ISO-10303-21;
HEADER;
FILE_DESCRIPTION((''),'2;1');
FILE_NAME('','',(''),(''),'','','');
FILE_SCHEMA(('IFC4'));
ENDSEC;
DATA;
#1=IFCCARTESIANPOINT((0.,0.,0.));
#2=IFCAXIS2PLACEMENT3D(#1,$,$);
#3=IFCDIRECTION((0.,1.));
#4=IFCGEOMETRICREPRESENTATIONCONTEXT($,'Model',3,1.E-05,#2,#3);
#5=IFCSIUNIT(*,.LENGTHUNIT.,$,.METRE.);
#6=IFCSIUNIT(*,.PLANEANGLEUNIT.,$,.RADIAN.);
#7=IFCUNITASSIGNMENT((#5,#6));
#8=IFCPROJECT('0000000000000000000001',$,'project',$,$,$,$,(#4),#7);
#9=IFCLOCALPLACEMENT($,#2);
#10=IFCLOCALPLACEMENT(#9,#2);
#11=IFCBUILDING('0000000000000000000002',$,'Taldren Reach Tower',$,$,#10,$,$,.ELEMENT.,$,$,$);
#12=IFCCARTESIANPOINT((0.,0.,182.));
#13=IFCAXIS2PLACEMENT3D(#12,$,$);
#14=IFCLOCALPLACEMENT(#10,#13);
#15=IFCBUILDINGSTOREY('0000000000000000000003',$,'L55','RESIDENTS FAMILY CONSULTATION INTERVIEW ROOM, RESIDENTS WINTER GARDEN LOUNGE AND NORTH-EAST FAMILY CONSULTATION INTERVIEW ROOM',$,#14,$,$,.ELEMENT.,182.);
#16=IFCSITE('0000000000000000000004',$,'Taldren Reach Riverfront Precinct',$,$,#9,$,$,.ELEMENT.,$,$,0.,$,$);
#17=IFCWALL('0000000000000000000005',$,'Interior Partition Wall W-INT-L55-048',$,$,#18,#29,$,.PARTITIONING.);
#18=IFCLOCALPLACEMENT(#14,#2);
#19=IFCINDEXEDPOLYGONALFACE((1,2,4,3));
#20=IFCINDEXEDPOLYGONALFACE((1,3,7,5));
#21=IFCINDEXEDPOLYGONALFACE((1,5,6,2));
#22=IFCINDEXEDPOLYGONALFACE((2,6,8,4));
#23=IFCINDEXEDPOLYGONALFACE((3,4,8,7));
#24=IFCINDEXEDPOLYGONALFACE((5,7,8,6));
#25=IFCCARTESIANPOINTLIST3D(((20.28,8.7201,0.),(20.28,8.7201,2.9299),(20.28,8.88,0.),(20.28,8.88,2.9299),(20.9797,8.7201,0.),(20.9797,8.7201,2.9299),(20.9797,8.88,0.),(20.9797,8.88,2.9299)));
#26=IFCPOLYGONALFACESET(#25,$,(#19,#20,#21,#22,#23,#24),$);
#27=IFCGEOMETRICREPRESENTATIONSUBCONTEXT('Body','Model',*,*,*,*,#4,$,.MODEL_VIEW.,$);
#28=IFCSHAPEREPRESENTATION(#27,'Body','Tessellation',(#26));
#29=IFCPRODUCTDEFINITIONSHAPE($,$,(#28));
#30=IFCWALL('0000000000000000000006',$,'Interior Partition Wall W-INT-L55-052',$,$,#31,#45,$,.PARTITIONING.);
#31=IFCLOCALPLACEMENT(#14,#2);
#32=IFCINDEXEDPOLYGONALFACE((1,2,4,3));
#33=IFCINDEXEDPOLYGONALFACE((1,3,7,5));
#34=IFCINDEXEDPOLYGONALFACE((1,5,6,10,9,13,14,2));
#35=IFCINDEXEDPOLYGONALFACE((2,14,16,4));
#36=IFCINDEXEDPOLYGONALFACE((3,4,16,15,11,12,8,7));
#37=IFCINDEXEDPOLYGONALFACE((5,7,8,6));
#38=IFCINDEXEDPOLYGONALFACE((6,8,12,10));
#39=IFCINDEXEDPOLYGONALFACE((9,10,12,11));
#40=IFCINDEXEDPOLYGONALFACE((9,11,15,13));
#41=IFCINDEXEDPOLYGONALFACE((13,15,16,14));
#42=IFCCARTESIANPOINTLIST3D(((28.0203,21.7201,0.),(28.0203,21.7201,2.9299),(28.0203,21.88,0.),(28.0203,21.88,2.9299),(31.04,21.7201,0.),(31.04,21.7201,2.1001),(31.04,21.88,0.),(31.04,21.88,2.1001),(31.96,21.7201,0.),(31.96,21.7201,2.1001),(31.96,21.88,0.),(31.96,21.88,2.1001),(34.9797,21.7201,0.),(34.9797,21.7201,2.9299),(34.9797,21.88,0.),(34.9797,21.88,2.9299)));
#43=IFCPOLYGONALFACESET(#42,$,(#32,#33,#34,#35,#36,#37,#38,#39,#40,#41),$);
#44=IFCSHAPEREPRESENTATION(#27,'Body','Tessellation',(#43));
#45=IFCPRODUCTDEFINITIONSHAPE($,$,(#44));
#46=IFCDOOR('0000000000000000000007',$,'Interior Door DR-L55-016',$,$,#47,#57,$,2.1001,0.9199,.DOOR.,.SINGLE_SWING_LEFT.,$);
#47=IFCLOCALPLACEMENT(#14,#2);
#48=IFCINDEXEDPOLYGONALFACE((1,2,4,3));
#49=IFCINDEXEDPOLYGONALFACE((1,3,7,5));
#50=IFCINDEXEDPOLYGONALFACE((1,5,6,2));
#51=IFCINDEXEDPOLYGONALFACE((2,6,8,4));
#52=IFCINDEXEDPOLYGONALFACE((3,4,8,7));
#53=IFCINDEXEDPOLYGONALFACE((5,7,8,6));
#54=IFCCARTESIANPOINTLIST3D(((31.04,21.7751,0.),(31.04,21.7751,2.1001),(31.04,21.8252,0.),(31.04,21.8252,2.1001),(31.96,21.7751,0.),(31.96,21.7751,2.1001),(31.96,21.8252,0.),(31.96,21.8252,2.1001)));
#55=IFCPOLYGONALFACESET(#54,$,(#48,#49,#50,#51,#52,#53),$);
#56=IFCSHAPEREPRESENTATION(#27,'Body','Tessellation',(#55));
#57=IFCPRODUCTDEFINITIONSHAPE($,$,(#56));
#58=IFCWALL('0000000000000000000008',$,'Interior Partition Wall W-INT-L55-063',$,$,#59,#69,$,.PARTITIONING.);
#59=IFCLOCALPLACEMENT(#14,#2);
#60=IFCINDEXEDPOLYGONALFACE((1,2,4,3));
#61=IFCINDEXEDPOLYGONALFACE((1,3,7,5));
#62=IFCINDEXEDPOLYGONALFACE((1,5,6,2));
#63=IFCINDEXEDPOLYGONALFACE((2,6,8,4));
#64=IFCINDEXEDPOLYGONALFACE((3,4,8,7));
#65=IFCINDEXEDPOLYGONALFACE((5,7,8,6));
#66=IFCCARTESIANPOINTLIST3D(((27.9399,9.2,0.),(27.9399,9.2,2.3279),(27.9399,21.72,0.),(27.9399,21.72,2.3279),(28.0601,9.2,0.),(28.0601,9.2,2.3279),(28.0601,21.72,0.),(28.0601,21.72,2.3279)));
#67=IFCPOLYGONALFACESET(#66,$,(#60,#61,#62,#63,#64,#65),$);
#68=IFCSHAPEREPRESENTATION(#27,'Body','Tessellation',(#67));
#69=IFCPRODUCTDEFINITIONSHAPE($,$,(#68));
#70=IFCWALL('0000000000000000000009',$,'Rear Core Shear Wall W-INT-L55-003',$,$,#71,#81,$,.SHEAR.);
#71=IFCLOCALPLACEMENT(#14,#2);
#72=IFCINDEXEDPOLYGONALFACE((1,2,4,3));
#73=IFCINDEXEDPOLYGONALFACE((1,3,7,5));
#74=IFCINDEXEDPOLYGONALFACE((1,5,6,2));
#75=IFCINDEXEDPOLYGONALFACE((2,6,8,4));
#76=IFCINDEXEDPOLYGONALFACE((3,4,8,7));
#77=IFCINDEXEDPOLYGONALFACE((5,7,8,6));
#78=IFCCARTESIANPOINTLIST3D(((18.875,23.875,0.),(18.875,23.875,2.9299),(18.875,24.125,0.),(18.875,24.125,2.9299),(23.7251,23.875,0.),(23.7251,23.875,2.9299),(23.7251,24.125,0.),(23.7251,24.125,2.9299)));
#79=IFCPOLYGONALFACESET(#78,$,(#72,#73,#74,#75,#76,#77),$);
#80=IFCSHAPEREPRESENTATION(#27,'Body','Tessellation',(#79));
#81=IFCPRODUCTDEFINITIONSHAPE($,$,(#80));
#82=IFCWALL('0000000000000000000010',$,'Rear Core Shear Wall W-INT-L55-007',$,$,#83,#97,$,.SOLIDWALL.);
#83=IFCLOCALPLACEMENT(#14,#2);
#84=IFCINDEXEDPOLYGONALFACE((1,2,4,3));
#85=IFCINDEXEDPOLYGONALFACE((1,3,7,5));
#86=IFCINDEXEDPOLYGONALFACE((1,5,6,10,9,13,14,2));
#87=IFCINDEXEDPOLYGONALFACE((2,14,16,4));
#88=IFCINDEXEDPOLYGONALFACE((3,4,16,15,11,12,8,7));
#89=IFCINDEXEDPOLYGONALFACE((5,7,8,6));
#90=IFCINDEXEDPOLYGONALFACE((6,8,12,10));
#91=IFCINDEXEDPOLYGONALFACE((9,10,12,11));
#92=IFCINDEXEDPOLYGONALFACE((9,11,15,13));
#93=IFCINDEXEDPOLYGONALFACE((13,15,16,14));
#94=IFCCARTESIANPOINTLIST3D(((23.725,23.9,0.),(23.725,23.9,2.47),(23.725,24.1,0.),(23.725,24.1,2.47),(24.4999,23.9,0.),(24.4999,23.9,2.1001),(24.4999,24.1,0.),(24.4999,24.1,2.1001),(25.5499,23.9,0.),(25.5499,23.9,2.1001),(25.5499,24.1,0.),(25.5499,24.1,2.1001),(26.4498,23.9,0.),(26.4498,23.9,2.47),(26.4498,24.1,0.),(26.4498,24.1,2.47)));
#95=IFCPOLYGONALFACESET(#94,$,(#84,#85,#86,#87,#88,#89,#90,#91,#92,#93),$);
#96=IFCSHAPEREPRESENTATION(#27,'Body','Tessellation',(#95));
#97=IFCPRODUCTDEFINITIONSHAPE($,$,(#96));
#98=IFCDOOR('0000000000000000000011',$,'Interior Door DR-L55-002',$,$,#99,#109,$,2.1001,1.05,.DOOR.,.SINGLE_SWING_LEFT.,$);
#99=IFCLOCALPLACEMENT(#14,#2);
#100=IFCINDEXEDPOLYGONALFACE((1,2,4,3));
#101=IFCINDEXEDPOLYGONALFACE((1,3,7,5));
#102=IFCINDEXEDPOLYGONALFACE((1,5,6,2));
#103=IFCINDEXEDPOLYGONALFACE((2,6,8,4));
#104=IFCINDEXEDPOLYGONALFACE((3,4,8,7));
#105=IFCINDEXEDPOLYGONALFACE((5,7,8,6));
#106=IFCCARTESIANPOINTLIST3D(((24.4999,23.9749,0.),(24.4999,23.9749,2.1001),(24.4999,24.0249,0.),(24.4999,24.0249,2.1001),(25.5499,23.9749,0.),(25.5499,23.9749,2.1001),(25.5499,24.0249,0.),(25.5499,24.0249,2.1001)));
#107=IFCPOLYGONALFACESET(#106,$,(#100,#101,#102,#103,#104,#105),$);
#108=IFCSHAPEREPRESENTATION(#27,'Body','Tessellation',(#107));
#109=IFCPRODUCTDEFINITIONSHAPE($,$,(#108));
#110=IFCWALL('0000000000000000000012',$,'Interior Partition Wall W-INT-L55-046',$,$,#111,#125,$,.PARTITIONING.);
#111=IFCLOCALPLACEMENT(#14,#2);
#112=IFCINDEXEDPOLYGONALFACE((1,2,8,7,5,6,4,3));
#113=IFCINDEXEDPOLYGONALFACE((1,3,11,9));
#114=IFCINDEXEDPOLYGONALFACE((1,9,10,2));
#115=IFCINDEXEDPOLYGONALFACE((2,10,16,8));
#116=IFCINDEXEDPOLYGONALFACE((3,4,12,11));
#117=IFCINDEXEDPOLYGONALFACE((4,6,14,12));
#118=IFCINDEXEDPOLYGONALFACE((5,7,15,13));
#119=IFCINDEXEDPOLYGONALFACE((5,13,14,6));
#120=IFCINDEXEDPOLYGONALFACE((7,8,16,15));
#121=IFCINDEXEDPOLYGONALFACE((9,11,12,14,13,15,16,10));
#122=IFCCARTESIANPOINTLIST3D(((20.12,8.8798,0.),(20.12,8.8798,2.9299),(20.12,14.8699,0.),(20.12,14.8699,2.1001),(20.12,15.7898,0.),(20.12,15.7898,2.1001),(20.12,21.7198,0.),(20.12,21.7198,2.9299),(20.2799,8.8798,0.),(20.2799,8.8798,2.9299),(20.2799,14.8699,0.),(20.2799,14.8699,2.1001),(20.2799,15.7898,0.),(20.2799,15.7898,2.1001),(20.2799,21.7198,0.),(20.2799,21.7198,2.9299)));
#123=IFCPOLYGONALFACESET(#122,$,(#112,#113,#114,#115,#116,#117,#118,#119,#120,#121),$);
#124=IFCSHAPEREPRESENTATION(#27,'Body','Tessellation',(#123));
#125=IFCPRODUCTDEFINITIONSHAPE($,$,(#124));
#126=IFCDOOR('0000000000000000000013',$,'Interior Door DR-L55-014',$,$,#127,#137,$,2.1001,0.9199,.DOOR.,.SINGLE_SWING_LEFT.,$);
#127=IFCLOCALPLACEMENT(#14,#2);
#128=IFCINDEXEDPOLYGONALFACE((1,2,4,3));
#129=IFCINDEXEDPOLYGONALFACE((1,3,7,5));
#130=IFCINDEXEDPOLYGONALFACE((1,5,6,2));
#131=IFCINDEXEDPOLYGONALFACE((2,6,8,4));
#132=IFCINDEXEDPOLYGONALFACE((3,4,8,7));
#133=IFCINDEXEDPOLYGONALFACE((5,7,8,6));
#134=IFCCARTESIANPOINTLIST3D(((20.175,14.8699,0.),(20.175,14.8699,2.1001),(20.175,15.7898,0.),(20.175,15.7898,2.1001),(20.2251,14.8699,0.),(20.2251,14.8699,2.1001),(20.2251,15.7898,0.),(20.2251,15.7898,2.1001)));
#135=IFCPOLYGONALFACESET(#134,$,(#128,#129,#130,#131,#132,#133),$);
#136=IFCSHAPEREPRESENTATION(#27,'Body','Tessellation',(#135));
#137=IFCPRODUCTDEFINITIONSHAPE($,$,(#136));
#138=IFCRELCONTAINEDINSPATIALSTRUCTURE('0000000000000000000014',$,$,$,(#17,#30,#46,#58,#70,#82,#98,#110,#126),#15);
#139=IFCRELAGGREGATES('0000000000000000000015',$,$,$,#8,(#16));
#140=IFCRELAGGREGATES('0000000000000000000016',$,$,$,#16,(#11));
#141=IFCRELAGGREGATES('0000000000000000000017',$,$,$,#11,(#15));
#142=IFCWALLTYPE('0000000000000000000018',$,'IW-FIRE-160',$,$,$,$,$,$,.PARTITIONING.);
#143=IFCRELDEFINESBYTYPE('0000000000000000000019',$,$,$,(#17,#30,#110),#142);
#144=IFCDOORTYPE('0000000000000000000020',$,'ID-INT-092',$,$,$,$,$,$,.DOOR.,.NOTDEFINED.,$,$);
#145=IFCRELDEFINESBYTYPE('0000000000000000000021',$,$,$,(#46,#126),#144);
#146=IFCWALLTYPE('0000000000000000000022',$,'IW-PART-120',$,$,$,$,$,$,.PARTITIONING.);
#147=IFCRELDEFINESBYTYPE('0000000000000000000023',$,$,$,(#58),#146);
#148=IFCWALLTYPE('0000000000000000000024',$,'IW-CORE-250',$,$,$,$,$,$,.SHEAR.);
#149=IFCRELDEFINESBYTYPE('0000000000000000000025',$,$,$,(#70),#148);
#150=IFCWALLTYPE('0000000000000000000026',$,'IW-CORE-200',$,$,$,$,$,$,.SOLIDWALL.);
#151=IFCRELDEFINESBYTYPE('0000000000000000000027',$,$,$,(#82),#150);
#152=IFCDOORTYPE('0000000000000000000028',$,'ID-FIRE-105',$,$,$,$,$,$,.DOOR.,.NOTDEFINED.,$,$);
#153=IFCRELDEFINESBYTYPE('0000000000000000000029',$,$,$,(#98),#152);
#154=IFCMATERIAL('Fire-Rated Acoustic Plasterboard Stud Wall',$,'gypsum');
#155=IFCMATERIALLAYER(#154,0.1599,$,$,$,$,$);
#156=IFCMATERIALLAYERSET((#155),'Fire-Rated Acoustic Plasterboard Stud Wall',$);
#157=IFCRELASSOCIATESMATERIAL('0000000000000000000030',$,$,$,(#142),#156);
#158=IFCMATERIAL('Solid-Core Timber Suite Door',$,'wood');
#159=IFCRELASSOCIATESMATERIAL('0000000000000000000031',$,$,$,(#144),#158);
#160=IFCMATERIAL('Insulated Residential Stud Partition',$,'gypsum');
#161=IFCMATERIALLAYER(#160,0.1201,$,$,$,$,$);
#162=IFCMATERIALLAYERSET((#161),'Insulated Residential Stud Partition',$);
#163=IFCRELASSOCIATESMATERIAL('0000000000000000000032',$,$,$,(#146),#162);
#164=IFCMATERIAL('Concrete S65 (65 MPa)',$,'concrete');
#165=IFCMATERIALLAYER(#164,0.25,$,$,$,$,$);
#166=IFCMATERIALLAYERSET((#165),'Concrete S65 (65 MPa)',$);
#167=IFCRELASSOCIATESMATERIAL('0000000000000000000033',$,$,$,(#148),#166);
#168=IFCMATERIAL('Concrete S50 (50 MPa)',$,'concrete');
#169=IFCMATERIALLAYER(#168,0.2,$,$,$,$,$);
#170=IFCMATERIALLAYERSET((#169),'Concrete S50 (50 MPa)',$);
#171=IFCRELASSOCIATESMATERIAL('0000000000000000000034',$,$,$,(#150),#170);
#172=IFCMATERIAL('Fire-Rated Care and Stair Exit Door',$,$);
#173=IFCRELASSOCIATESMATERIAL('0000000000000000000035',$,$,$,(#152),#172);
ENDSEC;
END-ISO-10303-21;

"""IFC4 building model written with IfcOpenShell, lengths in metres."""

from ifc_helpers import new_model, si_unit, direction, frame, frame_2d, origin, place, context, subcontext, project, spatial, rectangle, extrude, source, transform, mapped, material, layer, layer_set, type_object, element, fill, save


model = new_model("IFC4")

# Units and contexts
model_context = context("Model", 3, precision=1e-05, world=origin(), true_north=direction((0.0, 1.0)))
body_context = subcontext(model_context, "Body", "Model", "MODEL_VIEW")
ifc_project = project(units=[si_unit("LENGTHUNIT", "METRE"), si_unit("PLANEANGLEUNIT", "RADIAN")], contexts=[model_context])

# Site, building, storey
site_placement = place(None, origin())
site = spatial("IfcSite", under=ifc_project, at=site_placement, Name="Taldren Reach Riverfront Precinct", CompositionType="ELEMENT", RefElevation=0.0)
building_placement = place(site_placement, origin())
building = spatial("IfcBuilding", under=site, at=building_placement, Name="Taldren Reach Tower", CompositionType="ELEMENT")
storey_placement = place(building_placement, frame((0.0, 0.0, 182.0)))
storey = spatial("IfcBuildingStorey", under=building, at=storey_placement, Name="L55", Description="RESIDENTS FAMILY CONSULTATION INTERVIEW ROOM, RESIDENTS WINTER GARDEN LOUNGE AND NORTH-EAST FAMILY CONSULTATION INTERVIEW ROOM", CompositionType="ELEMENT", Elevation=182.0)

# Wall
ifc_material_1 = material(Name="Fire-Rated Acoustic Plasterboard Stud Wall", Category="gypsum")
ifc_layer_1 = layer(ifc_material_1, 0.1599)
ifc_layer_set_1 = layer_set([ifc_layer_1], Name="Fire-Rated Acoustic Plasterboard Stud Wall")
wall_type_1 = type_object("IfcWallType", Name="IW-FIRE-160", PredefinedType="PARTITIONING", material=ifc_layer_set_1)
shared_shape_1 = source(origin(), body_context, "Body", "SweptSolid", [
    extrude(rectangle(XDim=0.6997, YDim=0.1599, at=frame_2d((0.3499, 0.0))), origin(), (0.0, 0.0, 1.0), 2.9299),
])
wall_1_placement = place(storey_placement, frame((20.9797, 8.8, 0.0), z_axis=(0.0, 0.0, 1.0), x_axis=(-1.0, 0.0, 0.0)))
element("IfcWall", 1, at=wall_1_placement, inside=storey, type_object=wall_type_1, Name="Interior Partition Wall W-INT-L55-048", PredefinedType="PARTITIONING", context=body_context, shape_type="MappedRepresentation", body=[
    mapped(shared_shape_1, transform((0.0, 0.0, 0.0), scale=1.0)),
])

# Wall, opening, door
shared_shape_2 = source(origin(), body_context, "Body", "SweptSolid", [
    extrude(rectangle(XDim=6.9595, YDim=0.1599, at=frame_2d((3.4797, 0.0))), origin(), (0.0, 0.0, 1.0), 2.9299),
])
wall_2_placement = place(storey_placement, frame((34.9797, 21.8, 0.0), z_axis=(0.0, 0.0, 1.0), x_axis=(-1.0, 0.0, 0.0)))
wall_2 = element("IfcWall", 2, at=wall_2_placement, inside=storey, type_object=wall_type_1, Name="Interior Partition Wall W-INT-L55-052", PredefinedType="PARTITIONING", context=body_context, shape_type="MappedRepresentation", body=[
    mapped(shared_shape_2, transform((0.0, 0.0, 0.0), scale=1.0)),
])
shared_shape_3 = source(origin(), body_context, "Body", "SweptSolid", [
    extrude(rectangle(XDim=0.9199, YDim=2.1001, at=frame_2d((0.46, 1.05))), frame((0.0, 0.0898, 0.0), z_axis=(0.0, -1.0, 0.0), x_axis=(1.0, 0.0, 0.0)), (0.0, 0.0, 1.0), 0.1799),
])
opening_1_placement = place(wall_2_placement, frame((3.0198, 0.0, 0.0)))
opening_1 = element("IfcOpeningElement", 3, at=opening_1_placement, cuts=wall_2, PredefinedType="OPENING", context=body_context, shape_type="MappedRepresentation", body=[
    mapped(shared_shape_3, transform((0.0, 0.0, 0.0), scale=1.0)),
])
ifc_material_2 = material(Name="Solid-Core Timber Suite Door", Category="wood")
door_type_1 = type_object("IfcDoorType", Name="ID-INT-092", OperationType="NOTDEFINED", PredefinedType="DOOR", material=ifc_material_2)
shared_shape_4 = source(origin(), body_context, "Body", "SweptSolid", [
    extrude(rectangle(XDim=0.9199, YDim=2.1001, at=frame_2d((0.46, 1.05))), frame((0.0, 0.0249, 0.0), z_axis=(0.0, -1.0, 0.0), x_axis=(1.0, 0.0, 0.0)), (0.0, 0.0, 1.0), 0.05),
])
door_1_placement = place(opening_1_placement, origin())
door_1 = element("IfcDoor", 4, at=door_1_placement, inside=storey, type_object=door_type_1, Name="Interior Door DR-L55-016", OperationType="SINGLE_SWING_LEFT", OverallHeight=2.1001, OverallWidth=0.9199, PredefinedType="DOOR", context=body_context, shape_type="MappedRepresentation", body=[
    mapped(shared_shape_4, transform((0.0, 0.0, 0.0), scale=1.0)),
])
fill(opening_1, door_1)

# Walls
ifc_material_3 = material(Name="Insulated Residential Stud Partition", Category="gypsum")
ifc_layer_2 = layer(ifc_material_3, 0.1201)
ifc_layer_set_2 = layer_set([ifc_layer_2], Name="Insulated Residential Stud Partition")
wall_type_2 = type_object("IfcWallType", Name="IW-PART-120", PredefinedType="PARTITIONING", material=ifc_layer_set_2)
shared_shape_5 = source(origin(), body_context, "Body", "SweptSolid", [
    extrude(rectangle(XDim=12.52, YDim=0.1201, at=frame_2d((6.26, 0.0))), origin(), (0.0, 0.0, 1.0), 2.3279),
])
wall_3_placement = place(storey_placement, frame((28.0, 21.72, 0.0), z_axis=(0.0, 0.0, 1.0), x_axis=(0.0, -1.0, 0.0)))
element("IfcWall", 5, at=wall_3_placement, inside=storey, type_object=wall_type_2, Name="Interior Partition Wall W-INT-L55-063", PredefinedType="PARTITIONING", context=body_context, shape_type="MappedRepresentation", body=[
    mapped(shared_shape_5, transform((0.0, 0.0, 0.0), scale=1.0)),
])
ifc_material_4 = material(Name="Concrete S65 (65 MPa)", Category="concrete")
ifc_layer_3 = layer(ifc_material_4, 0.25)
ifc_layer_set_3 = layer_set([ifc_layer_3], Name="Concrete S65 (65 MPa)")
wall_type_3 = type_object("IfcWallType", Name="IW-CORE-250", PredefinedType="SHEAR", material=ifc_layer_set_3)
shared_shape_6 = source(origin(), body_context, "Body", "SweptSolid", [
    extrude(rectangle(XDim=4.8501, YDim=0.25, at=frame_2d((2.425, 0.0))), origin(), (0.0, 0.0, 1.0), 2.9299),
])
wall_4_placement = place(storey_placement, frame((18.875, 24.0, 0.0), z_axis=(0.0, 0.0, 1.0), x_axis=(1.0, 0.0, 0.0)))
element("IfcWall", 6, at=wall_4_placement, inside=storey, type_object=wall_type_3, Name="Rear Core Shear Wall W-INT-L55-003", PredefinedType="SHEAR", context=body_context, shape_type="MappedRepresentation", body=[
    mapped(shared_shape_6, transform((0.0, 0.0, 0.0), scale=1.0)),
])

# Walls, openings, doors
ifc_material_5 = material(Name="Concrete S50 (50 MPa)", Category="concrete")
ifc_layer_4 = layer(ifc_material_5, 0.2)
ifc_layer_set_4 = layer_set([ifc_layer_4], Name="Concrete S50 (50 MPa)")
wall_type_4 = type_object("IfcWallType", Name="IW-CORE-200", PredefinedType="SOLIDWALL", material=ifc_layer_set_4)
shared_shape_7 = source(origin(), body_context, "Body", "SweptSolid", [
    extrude(rectangle(XDim=2.7249, YDim=0.2, at=frame_2d((1.3623, 0.0))), origin(), (0.0, 0.0, 1.0), 2.47),
])
wall_5_placement = place(storey_placement, frame((23.7251, 24.0, 0.0), z_axis=(0.0, 0.0, 1.0), x_axis=(1.0, 0.0, 0.0)))
wall_5 = element("IfcWall", 7, at=wall_5_placement, inside=storey, type_object=wall_type_4, Name="Rear Core Shear Wall W-INT-L55-007", PredefinedType="SOLIDWALL", context=body_context, shape_type="MappedRepresentation", body=[
    mapped(shared_shape_7, transform((0.0, 0.0, 0.0), scale=1.0)),
])
shared_shape_8 = source(origin(), body_context, "Body", "SweptSolid", [
    extrude(rectangle(XDim=1.05, YDim=2.1001, at=frame_2d((0.5249, 1.05))), frame((0.0, 0.1099, 0.0), z_axis=(0.0, -1.0, 0.0), x_axis=(1.0, 0.0, 0.0)), (0.0, 0.0, 1.0), 0.22),
])
opening_2_placement = place(wall_5_placement, frame((0.7749, 0.0, 0.0)))
opening_2 = element("IfcOpeningElement", 8, at=opening_2_placement, cuts=wall_5, PredefinedType="OPENING", context=body_context, shape_type="MappedRepresentation", body=[
    mapped(shared_shape_8, transform((0.0, 0.0, 0.0), scale=1.0)),
])
ifc_material_6 = material(Name="Fire-Rated Care and Stair Exit Door")
door_type_2 = type_object("IfcDoorType", Name="ID-FIRE-105", OperationType="NOTDEFINED", PredefinedType="DOOR", material=ifc_material_6)
shared_shape_9 = source(origin(), body_context, "Body", "SweptSolid", [
    extrude(rectangle(XDim=1.05, YDim=2.1001, at=frame_2d((0.5249, 1.05))), frame((0.0, 0.0249, 0.0), z_axis=(0.0, -1.0, 0.0), x_axis=(1.0, 0.0, 0.0)), (0.0, 0.0, 1.0), 0.05),
])
door_2_placement = place(opening_2_placement, origin())
door_2 = element("IfcDoor", 9, at=door_2_placement, inside=storey, type_object=door_type_2, Name="Interior Door DR-L55-002", OperationType="SINGLE_SWING_LEFT", OverallHeight=2.1001, OverallWidth=1.05, PredefinedType="DOOR", context=body_context, shape_type="MappedRepresentation", body=[
    mapped(shared_shape_9, transform((0.0, 0.0, 0.0), scale=1.0)),
])
fill(opening_2, door_2)
shared_shape_10 = source(origin(), body_context, "Body", "SweptSolid", [
    extrude(rectangle(XDim=12.8401, YDim=0.1599, at=frame_2d((6.4199, 0.0))), origin(), (0.0, 0.0, 1.0), 2.9299),
])
wall_6_placement = place(storey_placement, frame((20.2, 8.8799, 0.0), z_axis=(0.0, 0.0, 1.0), x_axis=(0.0, 1.0, 0.0)))
wall_6 = element("IfcWall", 10, at=wall_6_placement, inside=storey, type_object=wall_type_1, Name="Interior Partition Wall W-INT-L55-046", PredefinedType="PARTITIONING", context=body_context, shape_type="MappedRepresentation", body=[
    mapped(shared_shape_10, transform((0.0, 0.0, 0.0), scale=1.0)),
])
opening_3_placement = place(wall_6_placement, frame((5.99, 0.0, 0.0)))
opening_3 = element("IfcOpeningElement", 11, at=opening_3_placement, cuts=wall_6, PredefinedType="OPENING", context=body_context, shape_type="MappedRepresentation", body=[
    mapped(shared_shape_3, transform((0.0, 0.0, 0.0), scale=1.0)),
])
door_3_placement = place(opening_3_placement, origin())
door_3 = element("IfcDoor", 12, at=door_3_placement, inside=storey, type_object=door_type_1, Name="Interior Door DR-L55-014", OperationType="SINGLE_SWING_LEFT", OverallHeight=2.1001, OverallWidth=0.9199, PredefinedType="DOOR", context=body_context, shape_type="MappedRepresentation", body=[
    mapped(shared_shape_4, transform((0.0, 0.0, 0.0), scale=1.0)),
])
fill(opening_3, door_3)

save(model, "model.ifc")
